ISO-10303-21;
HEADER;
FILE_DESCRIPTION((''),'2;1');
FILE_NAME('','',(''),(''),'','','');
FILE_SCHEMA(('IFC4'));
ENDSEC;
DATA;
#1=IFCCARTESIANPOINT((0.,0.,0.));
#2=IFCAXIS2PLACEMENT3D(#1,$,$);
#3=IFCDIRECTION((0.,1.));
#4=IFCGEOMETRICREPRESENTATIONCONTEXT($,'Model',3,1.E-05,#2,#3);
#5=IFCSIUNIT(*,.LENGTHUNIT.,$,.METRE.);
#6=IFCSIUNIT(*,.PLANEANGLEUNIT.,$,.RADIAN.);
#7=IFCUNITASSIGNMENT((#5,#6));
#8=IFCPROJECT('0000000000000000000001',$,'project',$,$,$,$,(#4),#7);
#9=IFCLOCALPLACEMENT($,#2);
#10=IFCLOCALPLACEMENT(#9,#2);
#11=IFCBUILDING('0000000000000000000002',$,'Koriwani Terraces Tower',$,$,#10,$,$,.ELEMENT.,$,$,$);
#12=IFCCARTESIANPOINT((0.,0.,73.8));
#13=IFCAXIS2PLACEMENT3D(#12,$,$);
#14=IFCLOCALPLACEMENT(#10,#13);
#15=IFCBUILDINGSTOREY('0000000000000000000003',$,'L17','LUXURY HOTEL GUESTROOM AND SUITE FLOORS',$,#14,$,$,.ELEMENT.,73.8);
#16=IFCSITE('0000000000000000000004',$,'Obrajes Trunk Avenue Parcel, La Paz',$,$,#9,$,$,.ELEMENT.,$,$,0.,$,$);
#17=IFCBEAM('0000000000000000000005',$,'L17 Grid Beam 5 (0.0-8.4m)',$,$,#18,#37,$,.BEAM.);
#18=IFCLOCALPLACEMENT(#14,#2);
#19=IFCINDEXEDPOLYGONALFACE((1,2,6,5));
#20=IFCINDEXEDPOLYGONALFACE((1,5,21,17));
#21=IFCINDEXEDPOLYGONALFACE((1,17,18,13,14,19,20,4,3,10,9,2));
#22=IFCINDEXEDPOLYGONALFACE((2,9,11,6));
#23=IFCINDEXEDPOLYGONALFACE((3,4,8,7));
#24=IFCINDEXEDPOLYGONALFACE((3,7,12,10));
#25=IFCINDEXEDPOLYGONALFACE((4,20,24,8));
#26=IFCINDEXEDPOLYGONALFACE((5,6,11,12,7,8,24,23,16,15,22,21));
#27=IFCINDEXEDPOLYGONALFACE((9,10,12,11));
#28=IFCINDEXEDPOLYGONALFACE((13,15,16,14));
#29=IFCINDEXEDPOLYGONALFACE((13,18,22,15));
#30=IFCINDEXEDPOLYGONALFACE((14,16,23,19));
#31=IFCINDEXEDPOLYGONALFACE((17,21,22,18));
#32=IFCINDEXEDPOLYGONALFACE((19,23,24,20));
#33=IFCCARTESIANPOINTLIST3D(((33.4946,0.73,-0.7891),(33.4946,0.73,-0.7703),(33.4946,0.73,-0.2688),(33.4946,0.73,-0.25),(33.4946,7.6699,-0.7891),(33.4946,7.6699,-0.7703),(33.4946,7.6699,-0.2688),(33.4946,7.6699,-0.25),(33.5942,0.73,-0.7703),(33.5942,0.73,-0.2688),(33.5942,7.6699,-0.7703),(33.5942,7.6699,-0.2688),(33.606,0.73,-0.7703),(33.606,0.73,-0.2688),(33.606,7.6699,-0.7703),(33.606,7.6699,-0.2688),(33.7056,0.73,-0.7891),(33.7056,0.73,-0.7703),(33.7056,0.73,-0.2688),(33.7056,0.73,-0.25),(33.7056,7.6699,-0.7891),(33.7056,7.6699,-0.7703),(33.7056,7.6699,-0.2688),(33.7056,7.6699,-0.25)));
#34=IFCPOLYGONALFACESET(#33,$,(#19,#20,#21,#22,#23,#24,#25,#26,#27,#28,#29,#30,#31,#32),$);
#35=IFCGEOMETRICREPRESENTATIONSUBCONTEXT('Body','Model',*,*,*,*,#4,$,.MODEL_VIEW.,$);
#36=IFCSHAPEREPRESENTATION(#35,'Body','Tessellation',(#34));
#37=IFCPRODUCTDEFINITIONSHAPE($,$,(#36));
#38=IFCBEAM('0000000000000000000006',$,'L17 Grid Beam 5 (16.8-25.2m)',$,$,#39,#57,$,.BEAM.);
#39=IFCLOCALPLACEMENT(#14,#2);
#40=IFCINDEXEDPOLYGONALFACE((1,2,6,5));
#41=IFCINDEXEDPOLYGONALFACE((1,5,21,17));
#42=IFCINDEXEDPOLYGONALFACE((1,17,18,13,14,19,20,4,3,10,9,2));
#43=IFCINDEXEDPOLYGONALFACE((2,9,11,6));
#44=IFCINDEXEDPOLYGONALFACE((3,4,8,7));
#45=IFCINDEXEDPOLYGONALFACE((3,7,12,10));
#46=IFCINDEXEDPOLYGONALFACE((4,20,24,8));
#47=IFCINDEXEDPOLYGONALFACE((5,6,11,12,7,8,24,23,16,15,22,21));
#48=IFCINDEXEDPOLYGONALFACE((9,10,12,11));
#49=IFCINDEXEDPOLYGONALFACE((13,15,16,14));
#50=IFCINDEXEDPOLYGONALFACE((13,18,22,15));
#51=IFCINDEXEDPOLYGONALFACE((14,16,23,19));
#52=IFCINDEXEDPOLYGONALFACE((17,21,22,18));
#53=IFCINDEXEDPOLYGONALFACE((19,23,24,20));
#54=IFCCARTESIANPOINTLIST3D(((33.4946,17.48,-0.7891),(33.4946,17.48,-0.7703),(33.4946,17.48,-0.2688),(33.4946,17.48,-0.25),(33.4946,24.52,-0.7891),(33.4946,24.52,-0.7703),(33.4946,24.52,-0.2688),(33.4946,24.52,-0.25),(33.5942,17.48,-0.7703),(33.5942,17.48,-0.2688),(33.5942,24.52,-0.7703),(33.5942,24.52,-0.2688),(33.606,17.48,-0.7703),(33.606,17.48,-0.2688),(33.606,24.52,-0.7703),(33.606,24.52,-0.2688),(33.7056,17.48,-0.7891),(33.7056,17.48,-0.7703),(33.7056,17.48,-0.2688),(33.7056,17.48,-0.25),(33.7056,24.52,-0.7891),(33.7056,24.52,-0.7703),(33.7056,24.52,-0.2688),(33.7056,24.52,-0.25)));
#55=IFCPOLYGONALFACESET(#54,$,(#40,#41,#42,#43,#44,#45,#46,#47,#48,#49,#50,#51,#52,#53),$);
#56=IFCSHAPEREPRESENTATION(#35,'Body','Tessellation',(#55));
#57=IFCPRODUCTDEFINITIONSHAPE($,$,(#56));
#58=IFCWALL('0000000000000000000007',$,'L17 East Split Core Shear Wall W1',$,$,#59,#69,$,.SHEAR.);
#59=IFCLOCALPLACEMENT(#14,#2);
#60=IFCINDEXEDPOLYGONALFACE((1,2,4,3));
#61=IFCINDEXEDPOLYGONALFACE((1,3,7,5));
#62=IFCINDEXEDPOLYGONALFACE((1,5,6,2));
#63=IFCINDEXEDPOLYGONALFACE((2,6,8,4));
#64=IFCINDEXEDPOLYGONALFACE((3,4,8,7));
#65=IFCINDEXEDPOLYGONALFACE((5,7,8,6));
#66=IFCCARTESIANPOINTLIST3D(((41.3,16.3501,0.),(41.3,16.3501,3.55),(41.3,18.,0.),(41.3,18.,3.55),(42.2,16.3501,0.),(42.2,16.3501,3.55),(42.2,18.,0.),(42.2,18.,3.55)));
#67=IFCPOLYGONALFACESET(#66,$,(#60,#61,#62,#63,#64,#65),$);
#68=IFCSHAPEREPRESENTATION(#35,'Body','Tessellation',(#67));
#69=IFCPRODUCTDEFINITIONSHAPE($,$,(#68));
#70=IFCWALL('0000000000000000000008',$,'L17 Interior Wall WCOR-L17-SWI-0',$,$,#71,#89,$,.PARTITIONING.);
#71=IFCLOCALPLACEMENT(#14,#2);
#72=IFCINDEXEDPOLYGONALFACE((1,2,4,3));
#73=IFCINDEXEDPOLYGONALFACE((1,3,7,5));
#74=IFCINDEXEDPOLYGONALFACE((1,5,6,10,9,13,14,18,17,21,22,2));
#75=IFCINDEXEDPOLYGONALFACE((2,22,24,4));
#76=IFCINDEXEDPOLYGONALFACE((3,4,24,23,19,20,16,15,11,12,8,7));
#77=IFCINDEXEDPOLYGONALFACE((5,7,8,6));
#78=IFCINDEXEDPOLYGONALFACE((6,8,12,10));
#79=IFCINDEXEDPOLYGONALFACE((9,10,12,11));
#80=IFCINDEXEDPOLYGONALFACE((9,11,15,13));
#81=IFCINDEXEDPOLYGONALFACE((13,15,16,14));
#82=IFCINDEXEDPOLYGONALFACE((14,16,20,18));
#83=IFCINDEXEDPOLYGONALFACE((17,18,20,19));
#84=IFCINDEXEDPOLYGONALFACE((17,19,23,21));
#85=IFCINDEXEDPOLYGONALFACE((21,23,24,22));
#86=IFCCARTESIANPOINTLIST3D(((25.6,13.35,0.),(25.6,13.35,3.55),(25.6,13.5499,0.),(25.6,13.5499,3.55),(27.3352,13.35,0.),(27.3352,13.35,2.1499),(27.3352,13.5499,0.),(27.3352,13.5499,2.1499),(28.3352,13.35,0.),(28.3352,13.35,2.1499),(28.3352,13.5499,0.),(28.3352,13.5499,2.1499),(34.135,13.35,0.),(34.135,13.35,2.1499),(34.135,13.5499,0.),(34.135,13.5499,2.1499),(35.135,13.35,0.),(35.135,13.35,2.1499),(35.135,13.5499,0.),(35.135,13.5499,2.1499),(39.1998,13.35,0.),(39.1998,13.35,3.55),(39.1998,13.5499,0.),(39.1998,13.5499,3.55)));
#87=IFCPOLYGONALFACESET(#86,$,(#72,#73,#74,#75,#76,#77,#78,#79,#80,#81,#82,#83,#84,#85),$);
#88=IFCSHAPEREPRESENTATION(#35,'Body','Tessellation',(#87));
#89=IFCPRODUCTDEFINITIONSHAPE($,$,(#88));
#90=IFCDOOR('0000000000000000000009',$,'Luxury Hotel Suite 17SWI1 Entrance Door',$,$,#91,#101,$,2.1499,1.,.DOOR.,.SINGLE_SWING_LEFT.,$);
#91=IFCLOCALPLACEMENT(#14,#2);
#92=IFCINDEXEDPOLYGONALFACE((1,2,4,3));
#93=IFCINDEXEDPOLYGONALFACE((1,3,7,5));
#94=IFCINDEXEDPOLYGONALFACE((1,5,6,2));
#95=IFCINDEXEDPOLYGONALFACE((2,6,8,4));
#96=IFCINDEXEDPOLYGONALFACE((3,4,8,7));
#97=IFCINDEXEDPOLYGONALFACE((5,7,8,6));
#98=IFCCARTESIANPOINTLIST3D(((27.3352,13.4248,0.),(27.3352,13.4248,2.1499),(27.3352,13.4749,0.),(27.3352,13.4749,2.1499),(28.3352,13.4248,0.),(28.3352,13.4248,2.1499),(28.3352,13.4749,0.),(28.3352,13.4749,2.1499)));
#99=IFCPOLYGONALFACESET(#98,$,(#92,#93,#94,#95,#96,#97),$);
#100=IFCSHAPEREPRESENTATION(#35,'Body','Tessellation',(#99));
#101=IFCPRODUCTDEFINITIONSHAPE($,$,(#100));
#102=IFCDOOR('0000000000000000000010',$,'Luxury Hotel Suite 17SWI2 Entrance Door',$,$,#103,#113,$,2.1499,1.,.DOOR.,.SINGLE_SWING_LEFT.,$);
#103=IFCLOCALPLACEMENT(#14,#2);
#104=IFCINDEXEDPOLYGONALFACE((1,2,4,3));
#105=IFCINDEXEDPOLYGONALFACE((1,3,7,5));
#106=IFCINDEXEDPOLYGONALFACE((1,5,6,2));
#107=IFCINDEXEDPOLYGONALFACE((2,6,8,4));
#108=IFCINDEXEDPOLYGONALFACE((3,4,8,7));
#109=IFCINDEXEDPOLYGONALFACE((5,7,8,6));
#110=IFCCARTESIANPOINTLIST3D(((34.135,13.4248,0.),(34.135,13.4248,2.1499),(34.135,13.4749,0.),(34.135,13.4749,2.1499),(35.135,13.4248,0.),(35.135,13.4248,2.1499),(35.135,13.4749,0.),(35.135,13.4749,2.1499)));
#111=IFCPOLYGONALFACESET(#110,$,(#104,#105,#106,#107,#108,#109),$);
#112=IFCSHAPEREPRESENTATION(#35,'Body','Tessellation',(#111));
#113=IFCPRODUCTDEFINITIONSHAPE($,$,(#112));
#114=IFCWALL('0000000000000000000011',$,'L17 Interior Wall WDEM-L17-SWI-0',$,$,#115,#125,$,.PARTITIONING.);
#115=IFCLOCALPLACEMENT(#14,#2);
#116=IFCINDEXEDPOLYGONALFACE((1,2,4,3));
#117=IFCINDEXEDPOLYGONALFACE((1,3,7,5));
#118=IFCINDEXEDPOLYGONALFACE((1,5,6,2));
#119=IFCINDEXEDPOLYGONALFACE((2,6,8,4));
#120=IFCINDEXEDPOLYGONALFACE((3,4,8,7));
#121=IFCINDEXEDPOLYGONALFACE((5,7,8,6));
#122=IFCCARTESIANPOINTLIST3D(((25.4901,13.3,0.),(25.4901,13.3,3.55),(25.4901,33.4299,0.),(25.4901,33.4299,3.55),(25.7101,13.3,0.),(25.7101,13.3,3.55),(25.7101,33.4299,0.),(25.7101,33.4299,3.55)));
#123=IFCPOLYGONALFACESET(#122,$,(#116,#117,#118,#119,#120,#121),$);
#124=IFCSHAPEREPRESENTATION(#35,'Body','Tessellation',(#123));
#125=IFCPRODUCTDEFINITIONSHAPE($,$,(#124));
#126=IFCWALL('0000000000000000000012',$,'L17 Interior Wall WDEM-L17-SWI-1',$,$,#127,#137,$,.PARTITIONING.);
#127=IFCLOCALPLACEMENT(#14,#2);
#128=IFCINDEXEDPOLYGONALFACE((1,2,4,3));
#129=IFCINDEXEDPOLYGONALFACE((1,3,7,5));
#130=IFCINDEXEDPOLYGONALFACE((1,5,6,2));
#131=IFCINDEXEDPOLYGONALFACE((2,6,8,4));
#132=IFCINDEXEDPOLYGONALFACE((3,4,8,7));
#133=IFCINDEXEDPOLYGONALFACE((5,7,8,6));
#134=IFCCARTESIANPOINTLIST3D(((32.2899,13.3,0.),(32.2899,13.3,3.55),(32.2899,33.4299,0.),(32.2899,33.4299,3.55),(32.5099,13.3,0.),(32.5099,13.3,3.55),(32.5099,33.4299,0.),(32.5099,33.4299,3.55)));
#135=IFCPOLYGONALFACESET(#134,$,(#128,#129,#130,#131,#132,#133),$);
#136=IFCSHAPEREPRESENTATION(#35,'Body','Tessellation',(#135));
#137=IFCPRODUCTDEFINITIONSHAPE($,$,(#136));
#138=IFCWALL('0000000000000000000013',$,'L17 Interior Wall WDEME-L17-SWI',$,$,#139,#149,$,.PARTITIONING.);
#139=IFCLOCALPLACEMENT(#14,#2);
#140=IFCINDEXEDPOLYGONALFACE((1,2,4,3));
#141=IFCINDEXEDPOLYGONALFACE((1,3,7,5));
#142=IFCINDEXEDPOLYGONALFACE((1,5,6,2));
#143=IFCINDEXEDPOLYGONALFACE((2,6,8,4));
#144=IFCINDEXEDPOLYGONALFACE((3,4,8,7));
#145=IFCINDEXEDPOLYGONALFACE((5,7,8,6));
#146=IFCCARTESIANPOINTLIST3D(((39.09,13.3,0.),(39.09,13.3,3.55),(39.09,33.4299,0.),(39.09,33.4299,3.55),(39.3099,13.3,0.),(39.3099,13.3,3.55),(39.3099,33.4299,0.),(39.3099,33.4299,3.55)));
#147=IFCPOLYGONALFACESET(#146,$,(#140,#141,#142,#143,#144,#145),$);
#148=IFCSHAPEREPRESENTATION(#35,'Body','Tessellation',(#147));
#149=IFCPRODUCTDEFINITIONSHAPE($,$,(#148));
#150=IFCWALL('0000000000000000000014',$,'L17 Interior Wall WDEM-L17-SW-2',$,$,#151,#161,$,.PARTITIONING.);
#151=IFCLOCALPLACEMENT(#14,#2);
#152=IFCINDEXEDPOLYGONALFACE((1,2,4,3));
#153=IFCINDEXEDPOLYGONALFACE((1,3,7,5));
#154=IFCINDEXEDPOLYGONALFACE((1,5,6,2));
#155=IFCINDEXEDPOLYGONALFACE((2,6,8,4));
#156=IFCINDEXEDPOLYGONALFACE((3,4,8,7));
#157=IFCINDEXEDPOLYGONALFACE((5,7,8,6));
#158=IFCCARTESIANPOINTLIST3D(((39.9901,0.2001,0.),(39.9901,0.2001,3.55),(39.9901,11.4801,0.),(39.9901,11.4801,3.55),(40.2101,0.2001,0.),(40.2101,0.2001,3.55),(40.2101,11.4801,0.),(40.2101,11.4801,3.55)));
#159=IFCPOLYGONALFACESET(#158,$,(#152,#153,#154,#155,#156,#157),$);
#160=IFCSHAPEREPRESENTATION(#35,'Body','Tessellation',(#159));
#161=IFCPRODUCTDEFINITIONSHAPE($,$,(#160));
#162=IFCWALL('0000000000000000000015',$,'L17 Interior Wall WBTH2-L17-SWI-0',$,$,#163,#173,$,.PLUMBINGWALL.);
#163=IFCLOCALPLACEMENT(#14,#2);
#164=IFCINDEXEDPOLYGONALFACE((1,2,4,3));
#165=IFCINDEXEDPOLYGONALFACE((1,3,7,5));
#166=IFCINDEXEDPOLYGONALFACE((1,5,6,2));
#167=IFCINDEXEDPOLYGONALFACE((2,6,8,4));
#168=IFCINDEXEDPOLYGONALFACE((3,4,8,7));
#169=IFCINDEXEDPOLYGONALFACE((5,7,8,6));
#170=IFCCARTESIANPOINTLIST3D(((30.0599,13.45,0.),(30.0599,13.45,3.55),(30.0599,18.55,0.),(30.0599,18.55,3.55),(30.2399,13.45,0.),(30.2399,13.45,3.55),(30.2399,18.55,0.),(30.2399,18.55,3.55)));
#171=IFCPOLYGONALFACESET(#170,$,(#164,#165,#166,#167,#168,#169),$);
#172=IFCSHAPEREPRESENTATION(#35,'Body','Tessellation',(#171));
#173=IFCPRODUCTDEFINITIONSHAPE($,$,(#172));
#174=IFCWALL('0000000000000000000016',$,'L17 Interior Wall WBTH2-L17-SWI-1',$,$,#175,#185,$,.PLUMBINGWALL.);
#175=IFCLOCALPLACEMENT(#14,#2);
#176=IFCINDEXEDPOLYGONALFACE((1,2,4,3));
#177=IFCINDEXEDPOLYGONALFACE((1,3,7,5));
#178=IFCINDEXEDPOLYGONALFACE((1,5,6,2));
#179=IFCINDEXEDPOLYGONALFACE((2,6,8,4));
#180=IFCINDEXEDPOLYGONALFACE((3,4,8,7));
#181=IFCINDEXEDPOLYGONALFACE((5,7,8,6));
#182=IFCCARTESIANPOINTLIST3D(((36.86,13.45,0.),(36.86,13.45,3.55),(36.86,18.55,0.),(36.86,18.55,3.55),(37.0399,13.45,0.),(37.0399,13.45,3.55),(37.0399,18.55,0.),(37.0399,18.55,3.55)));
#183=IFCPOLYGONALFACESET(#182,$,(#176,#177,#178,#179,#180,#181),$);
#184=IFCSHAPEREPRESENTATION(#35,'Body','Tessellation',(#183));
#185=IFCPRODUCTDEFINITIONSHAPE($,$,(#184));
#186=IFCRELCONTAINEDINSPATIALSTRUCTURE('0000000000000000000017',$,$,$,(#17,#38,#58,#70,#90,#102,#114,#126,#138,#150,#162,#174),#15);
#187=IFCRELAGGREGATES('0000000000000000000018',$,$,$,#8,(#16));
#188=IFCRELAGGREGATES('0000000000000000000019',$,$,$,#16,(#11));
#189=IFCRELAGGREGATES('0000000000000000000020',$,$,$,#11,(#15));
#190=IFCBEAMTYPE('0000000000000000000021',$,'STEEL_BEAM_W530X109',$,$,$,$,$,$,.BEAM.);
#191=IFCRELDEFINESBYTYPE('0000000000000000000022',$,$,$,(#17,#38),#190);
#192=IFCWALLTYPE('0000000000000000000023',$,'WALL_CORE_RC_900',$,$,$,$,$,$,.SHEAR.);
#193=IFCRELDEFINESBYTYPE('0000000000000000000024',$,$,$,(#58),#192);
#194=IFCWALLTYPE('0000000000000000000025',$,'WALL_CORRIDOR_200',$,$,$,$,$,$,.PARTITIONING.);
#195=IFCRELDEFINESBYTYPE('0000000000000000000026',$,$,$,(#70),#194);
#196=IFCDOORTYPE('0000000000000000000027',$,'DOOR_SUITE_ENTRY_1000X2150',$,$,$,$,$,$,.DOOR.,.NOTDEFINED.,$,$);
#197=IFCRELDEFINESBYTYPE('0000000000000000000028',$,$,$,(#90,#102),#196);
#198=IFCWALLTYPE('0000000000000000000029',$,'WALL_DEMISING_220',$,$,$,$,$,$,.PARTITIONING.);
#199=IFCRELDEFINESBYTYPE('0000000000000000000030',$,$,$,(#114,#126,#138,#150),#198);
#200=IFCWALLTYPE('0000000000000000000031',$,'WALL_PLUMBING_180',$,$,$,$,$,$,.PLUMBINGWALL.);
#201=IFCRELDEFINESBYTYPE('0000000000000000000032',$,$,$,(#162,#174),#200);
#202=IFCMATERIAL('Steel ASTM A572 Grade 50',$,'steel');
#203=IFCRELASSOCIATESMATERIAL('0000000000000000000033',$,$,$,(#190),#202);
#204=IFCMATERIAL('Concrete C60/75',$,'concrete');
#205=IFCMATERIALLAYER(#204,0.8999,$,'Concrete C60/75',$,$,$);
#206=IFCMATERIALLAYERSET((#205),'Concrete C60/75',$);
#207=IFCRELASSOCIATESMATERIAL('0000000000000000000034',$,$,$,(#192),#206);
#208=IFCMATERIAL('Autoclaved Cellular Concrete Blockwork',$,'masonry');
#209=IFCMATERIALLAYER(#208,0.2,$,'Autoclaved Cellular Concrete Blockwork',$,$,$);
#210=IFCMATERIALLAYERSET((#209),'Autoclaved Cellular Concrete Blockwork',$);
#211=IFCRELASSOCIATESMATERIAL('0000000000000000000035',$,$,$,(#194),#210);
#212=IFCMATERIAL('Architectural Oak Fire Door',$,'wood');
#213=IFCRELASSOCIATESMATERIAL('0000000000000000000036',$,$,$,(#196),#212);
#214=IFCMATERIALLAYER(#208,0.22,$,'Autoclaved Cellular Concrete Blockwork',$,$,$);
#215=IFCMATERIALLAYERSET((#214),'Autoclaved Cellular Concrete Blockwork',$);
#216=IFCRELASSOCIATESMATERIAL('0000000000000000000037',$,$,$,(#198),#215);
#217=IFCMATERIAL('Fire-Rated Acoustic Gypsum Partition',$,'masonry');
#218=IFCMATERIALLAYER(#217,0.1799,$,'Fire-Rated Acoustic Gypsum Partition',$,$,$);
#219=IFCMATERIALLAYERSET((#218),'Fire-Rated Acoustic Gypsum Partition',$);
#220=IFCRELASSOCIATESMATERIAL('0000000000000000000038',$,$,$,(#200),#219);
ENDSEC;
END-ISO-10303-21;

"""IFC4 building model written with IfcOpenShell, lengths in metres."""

from ifc_helpers import new_model, si_unit, direction, frame, frame_2d, origin, origin_2d, place, context, subcontext, project, spatial, rectangle, i_section, extrude, material, layer, layer_set, material_profile, profile_set, type_object, element, fill, save


model = new_model("IFC4")

# Units and contexts
model_context = context("Model", 3, precision=1e-05, world=origin(), true_north=direction((0.0, 1.0)))
body_context = subcontext(model_context, "Body", "Model", "MODEL_VIEW")
ifc_project = project(units=[si_unit("LENGTHUNIT", "METRE"), si_unit("PLANEANGLEUNIT", "RADIAN")], contexts=[model_context])

# Site, building, storey
site_placement = place(None, origin())
site = spatial("IfcSite", under=ifc_project, at=site_placement, Name="Obrajes Trunk Avenue Parcel, La Paz", CompositionType="ELEMENT", RefElevation=0.0)
building_placement = place(site_placement, origin())
building = spatial("IfcBuilding", under=site, at=building_placement, Name="Koriwani Terraces Tower", CompositionType="ELEMENT")
storey_placement = place(building_placement, frame((0.0, 0.0, 73.8)))
storey = spatial("IfcBuildingStorey", under=building, at=storey_placement, Name="L17", Description="LUXURY HOTEL GUESTROOM AND SUITE FLOORS", CompositionType="ELEMENT", Elevation=73.8)

# Shared definitions
ifc_material_1 = material(Name="Concrete C60/75", Category="concrete")

# Beams
ifc_material_2 = material(Name="Steel ASTM A572 Grade 50", Category="steel")
ifc_material_profile_1 = material_profile(ifc_material_2, i_section(OverallWidth=0.2109, OverallDepth=0.5391, WebThickness=0.0117, FlangeThickness=0.0188, at=origin_2d()), Name="Steel ASTM A572 Grade 50", Category="LoadBearing")
ifc_profile_set_1 = profile_set([ifc_material_profile_1], Name="Steel ASTM A572 Grade 50")
beam_type_1 = type_object("IfcBeamType", Name="STEEL_BEAM_W530X109", PredefinedType="BEAM", material=ifc_profile_set_1)
beam_1_placement = place(storey_placement, frame((33.6001, 0.73, -0.5195), z_axis=(0.0, 1.0, 0.0), x_axis=(-1.0, 0.0, 0.0)))
element("IfcBeam", 1, at=beam_1_placement, inside=storey, type_object=beam_type_1, Name="L17 Grid Beam 5 (0.0-8.4m)", PredefinedType="BEAM", context=body_context, shape_type="SweptSolid", body=[
    extrude(i_section(OverallWidth=0.2109, OverallDepth=0.5391, WebThickness=0.0117, FlangeThickness=0.0188, at=origin_2d()), origin(), (0.0, 0.0, 1.0), 6.9399),
])
beam_2_placement = place(storey_placement, frame((33.6001, 17.48, -0.5195), z_axis=(0.0, 1.0, 0.0), x_axis=(-1.0, 0.0, 0.0)))
element("IfcBeam", 2, at=beam_2_placement, inside=storey, type_object=beam_type_1, Name="L17 Grid Beam 5 (16.8-25.2m)", PredefinedType="BEAM", context=body_context, shape_type="SweptSolid", body=[
    extrude(i_section(OverallWidth=0.2109, OverallDepth=0.5391, WebThickness=0.0117, FlangeThickness=0.0188, at=origin_2d()), origin(), (0.0, 0.0, 1.0), 7.04),
])

# Wall
ifc_layer_1 = layer(ifc_material_1, 0.8999, Name="Concrete C60/75")
ifc_layer_set_1 = layer_set([ifc_layer_1], Name="Concrete C60/75")
wall_type_1 = type_object("IfcWallType", Name="WALL_CORE_RC_900", PredefinedType="SHEAR", material=ifc_layer_set_1)
wall_1_placement = place(storey_placement, frame((41.75, 16.3501, 0.0), z_axis=(0.0, 0.0, 1.0), x_axis=(0.0, 1.0, 0.0)))
element("IfcWall", 3, at=wall_1_placement, inside=storey, type_object=wall_type_1, Name="L17 East Split Core Shear Wall W1", PredefinedType="SHEAR", context=body_context, shape_type="SweptSolid", body=[
    extrude(rectangle(XDim=1.6499, YDim=0.8999, at=frame_2d((0.825, 0.0))), origin(), (0.0, 0.0, 1.0), 3.55),
])

# Wall, openings, doors
ifc_material_3 = material(Name="Autoclaved Cellular Concrete Blockwork", Category="masonry")
ifc_layer_2 = layer(ifc_material_3, 0.2, Name="Autoclaved Cellular Concrete Blockwork")
ifc_layer_set_2 = layer_set([ifc_layer_2], Name="Autoclaved Cellular Concrete Blockwork")
wall_type_2 = type_object("IfcWallType", Name="WALL_CORRIDOR_200", PredefinedType="PARTITIONING", material=ifc_layer_set_2)
wall_2_placement = place(storey_placement, frame((25.6001, 13.45, 0.0), z_axis=(0.0, 0.0, 1.0), x_axis=(1.0, 0.0, 0.0)))
wall_2 = element("IfcWall", 4, at=wall_2_placement, inside=storey, type_object=wall_type_2, Name="L17 Interior Wall WCOR-L17-SWI-0", PredefinedType="PARTITIONING", context=body_context, shape_type="SweptSolid", body=[
    extrude(rectangle(XDim=13.5999, YDim=0.2, at=frame_2d((6.7998, 0.0))), origin(), (0.0, 0.0, 1.0), 3.55),
])
opening_1_placement = place(wall_2_placement, frame((1.7351, 0.0, 0.0)))
opening_1 = element("IfcOpeningElement", 5, at=opening_1_placement, cuts=wall_2, PredefinedType="OPENING", context=body_context, shape_type="SweptSolid", body=[
    extrude(rectangle(XDim=1.0, YDim=2.1499, at=frame_2d((0.5, 1.075))), frame((0.0, 0.1099, 0.0), z_axis=(0.0, -1.0, 0.0), x_axis=(1.0, 0.0, 0.0)), (0.0, 0.0, 1.0), 0.22),
])
opening_2_placement = place(wall_2_placement, frame((8.5349, 0.0, 0.0)))
opening_2 = element("IfcOpeningElement", 6, at=opening_2_placement, cuts=wall_2, PredefinedType="OPENING", context=body_context, shape_type="SweptSolid", body=[
    extrude(rectangle(XDim=1.0, YDim=2.1499, at=frame_2d((0.5, 1.075))), frame((0.0, 0.1099, 0.0), z_axis=(0.0, -1.0, 0.0), x_axis=(1.0, 0.0, 0.0)), (0.0, 0.0, 1.0), 0.22),
])
ifc_material_4 = material(Name="Architectural Oak Fire Door", Category="wood")
door_type_1 = type_object("IfcDoorType", Name="DOOR_SUITE_ENTRY_1000X2150", OperationType="NOTDEFINED", PredefinedType="DOOR", material=ifc_material_4)
door_1_placement = place(opening_1_placement, origin())
door_1 = element("IfcDoor", 7, at=door_1_placement, inside=storey, type_object=door_type_1, Name="Luxury Hotel Suite 17SWI1 Entrance Door", OperationType="SINGLE_SWING_LEFT", OverallHeight=2.1499, OverallWidth=1.0, PredefinedType="DOOR", context=body_context, shape_type="SweptSolid", body=[
    extrude(rectangle(XDim=1.0, YDim=2.1499, at=frame_2d((0.5, 1.075))), frame((0.0, 0.0249, 0.0), z_axis=(0.0, -1.0, 0.0), x_axis=(1.0, 0.0, 0.0)), (0.0, 0.0, 1.0), 0.05),
])
fill(opening_1, door_1)
door_2_placement = place(opening_2_placement, origin())
door_2 = element("IfcDoor", 8, at=door_2_placement, inside=storey, type_object=door_type_1, Name="Luxury Hotel Suite 17SWI2 Entrance Door", OperationType="SINGLE_SWING_LEFT", OverallHeight=2.1499, OverallWidth=1.0, PredefinedType="DOOR", context=body_context, shape_type="SweptSolid", body=[
    extrude(rectangle(XDim=1.0, YDim=2.1499, at=frame_2d((0.5, 1.075))), frame((0.0, 0.0249, 0.0), z_axis=(0.0, -1.0, 0.0), x_axis=(1.0, 0.0, 0.0)), (0.0, 0.0, 1.0), 0.05),
])
fill(opening_2, door_2)

# Walls
ifc_layer_3 = layer(ifc_material_3, 0.22, Name="Autoclaved Cellular Concrete Blockwork")
ifc_layer_set_3 = layer_set([ifc_layer_3], Name="Autoclaved Cellular Concrete Blockwork")
wall_type_3 = type_object("IfcWallType", Name="WALL_DEMISING_220", PredefinedType="PARTITIONING", material=ifc_layer_set_3)
for number, where, z_axis, x_axis, name in (
    (9, (25.6001, 13.3, 0.0), (0.0, 0.0, 1.0), (0.0, 1.0, 0.0), "L17 Interior Wall WDEM-L17-SWI-0"),
    (10, (32.3999, 13.3, 0.0), (0.0, 0.0, 1.0), (0.0, 1.0, 0.0), "L17 Interior Wall WDEM-L17-SWI-1"),
    (11, (39.2, 13.3, 0.0), (0.0, 0.0, 1.0), (0.0, 1.0, 0.0), "L17 Interior Wall WDEME-L17-SWI"),
):
    element("IfcWall", number, at=place(storey_placement, frame(where, z_axis=z_axis, x_axis=x_axis)), inside=storey, type_object=wall_type_3, Name=name, PredefinedType="PARTITIONING", context=body_context, shape_type="SweptSolid", body=[
        extrude(rectangle(XDim=20.1299, YDim=0.22, at=frame_2d((10.0649, 0.0))), origin(), (0.0, 0.0, 1.0), 3.55),
    ])
wall_3_placement = place(storey_placement, frame((40.1001, 0.2, 0.0), z_axis=(0.0, 0.0, 1.0), x_axis=(0.0, 1.0, 0.0)))
element("IfcWall", 12, at=wall_3_placement, inside=storey, type_object=wall_type_3, Name="L17 Interior Wall WDEM-L17-SW-2", PredefinedType="PARTITIONING", context=body_context, shape_type="SweptSolid", body=[
    extrude(rectangle(XDim=11.28, YDim=0.22, at=frame_2d((5.6401, 0.0))), origin(), (0.0, 0.0, 1.0), 3.55),
])
ifc_material_5 = material(Name="Fire-Rated Acoustic Gypsum Partition", Category="masonry")
ifc_layer_4 = layer(ifc_material_5, 0.1799, Name="Fire-Rated Acoustic Gypsum Partition")
ifc_layer_set_4 = layer_set([ifc_layer_4], Name="Fire-Rated Acoustic Gypsum Partition")
wall_type_4 = type_object("IfcWallType", Name="WALL_PLUMBING_180", PredefinedType="PLUMBINGWALL", material=ifc_layer_set_4)
for number, where, z_axis, x_axis, name in (
    (13, (30.1499, 13.45, 0.0), (0.0, 0.0, 1.0), (0.0, 1.0, 0.0), "L17 Interior Wall WBTH2-L17-SWI-0"),
    (14, (36.95, 13.45, 0.0), (0.0, 0.0, 1.0), (0.0, 1.0, 0.0), "L17 Interior Wall WBTH2-L17-SWI-1"),
):
    element("IfcWall", number, at=place(storey_placement, frame(where, z_axis=z_axis, x_axis=x_axis)), inside=storey, type_object=wall_type_4, Name=name, PredefinedType="PLUMBINGWALL", context=body_context, shape_type="SweptSolid", body=[
        extrude(rectangle(XDim=5.1001, YDim=0.1799, at=frame_2d((2.55, 0.0))), origin(), (0.0, 0.0, 1.0), 3.55),
    ])

save(model, "model.ifc")
